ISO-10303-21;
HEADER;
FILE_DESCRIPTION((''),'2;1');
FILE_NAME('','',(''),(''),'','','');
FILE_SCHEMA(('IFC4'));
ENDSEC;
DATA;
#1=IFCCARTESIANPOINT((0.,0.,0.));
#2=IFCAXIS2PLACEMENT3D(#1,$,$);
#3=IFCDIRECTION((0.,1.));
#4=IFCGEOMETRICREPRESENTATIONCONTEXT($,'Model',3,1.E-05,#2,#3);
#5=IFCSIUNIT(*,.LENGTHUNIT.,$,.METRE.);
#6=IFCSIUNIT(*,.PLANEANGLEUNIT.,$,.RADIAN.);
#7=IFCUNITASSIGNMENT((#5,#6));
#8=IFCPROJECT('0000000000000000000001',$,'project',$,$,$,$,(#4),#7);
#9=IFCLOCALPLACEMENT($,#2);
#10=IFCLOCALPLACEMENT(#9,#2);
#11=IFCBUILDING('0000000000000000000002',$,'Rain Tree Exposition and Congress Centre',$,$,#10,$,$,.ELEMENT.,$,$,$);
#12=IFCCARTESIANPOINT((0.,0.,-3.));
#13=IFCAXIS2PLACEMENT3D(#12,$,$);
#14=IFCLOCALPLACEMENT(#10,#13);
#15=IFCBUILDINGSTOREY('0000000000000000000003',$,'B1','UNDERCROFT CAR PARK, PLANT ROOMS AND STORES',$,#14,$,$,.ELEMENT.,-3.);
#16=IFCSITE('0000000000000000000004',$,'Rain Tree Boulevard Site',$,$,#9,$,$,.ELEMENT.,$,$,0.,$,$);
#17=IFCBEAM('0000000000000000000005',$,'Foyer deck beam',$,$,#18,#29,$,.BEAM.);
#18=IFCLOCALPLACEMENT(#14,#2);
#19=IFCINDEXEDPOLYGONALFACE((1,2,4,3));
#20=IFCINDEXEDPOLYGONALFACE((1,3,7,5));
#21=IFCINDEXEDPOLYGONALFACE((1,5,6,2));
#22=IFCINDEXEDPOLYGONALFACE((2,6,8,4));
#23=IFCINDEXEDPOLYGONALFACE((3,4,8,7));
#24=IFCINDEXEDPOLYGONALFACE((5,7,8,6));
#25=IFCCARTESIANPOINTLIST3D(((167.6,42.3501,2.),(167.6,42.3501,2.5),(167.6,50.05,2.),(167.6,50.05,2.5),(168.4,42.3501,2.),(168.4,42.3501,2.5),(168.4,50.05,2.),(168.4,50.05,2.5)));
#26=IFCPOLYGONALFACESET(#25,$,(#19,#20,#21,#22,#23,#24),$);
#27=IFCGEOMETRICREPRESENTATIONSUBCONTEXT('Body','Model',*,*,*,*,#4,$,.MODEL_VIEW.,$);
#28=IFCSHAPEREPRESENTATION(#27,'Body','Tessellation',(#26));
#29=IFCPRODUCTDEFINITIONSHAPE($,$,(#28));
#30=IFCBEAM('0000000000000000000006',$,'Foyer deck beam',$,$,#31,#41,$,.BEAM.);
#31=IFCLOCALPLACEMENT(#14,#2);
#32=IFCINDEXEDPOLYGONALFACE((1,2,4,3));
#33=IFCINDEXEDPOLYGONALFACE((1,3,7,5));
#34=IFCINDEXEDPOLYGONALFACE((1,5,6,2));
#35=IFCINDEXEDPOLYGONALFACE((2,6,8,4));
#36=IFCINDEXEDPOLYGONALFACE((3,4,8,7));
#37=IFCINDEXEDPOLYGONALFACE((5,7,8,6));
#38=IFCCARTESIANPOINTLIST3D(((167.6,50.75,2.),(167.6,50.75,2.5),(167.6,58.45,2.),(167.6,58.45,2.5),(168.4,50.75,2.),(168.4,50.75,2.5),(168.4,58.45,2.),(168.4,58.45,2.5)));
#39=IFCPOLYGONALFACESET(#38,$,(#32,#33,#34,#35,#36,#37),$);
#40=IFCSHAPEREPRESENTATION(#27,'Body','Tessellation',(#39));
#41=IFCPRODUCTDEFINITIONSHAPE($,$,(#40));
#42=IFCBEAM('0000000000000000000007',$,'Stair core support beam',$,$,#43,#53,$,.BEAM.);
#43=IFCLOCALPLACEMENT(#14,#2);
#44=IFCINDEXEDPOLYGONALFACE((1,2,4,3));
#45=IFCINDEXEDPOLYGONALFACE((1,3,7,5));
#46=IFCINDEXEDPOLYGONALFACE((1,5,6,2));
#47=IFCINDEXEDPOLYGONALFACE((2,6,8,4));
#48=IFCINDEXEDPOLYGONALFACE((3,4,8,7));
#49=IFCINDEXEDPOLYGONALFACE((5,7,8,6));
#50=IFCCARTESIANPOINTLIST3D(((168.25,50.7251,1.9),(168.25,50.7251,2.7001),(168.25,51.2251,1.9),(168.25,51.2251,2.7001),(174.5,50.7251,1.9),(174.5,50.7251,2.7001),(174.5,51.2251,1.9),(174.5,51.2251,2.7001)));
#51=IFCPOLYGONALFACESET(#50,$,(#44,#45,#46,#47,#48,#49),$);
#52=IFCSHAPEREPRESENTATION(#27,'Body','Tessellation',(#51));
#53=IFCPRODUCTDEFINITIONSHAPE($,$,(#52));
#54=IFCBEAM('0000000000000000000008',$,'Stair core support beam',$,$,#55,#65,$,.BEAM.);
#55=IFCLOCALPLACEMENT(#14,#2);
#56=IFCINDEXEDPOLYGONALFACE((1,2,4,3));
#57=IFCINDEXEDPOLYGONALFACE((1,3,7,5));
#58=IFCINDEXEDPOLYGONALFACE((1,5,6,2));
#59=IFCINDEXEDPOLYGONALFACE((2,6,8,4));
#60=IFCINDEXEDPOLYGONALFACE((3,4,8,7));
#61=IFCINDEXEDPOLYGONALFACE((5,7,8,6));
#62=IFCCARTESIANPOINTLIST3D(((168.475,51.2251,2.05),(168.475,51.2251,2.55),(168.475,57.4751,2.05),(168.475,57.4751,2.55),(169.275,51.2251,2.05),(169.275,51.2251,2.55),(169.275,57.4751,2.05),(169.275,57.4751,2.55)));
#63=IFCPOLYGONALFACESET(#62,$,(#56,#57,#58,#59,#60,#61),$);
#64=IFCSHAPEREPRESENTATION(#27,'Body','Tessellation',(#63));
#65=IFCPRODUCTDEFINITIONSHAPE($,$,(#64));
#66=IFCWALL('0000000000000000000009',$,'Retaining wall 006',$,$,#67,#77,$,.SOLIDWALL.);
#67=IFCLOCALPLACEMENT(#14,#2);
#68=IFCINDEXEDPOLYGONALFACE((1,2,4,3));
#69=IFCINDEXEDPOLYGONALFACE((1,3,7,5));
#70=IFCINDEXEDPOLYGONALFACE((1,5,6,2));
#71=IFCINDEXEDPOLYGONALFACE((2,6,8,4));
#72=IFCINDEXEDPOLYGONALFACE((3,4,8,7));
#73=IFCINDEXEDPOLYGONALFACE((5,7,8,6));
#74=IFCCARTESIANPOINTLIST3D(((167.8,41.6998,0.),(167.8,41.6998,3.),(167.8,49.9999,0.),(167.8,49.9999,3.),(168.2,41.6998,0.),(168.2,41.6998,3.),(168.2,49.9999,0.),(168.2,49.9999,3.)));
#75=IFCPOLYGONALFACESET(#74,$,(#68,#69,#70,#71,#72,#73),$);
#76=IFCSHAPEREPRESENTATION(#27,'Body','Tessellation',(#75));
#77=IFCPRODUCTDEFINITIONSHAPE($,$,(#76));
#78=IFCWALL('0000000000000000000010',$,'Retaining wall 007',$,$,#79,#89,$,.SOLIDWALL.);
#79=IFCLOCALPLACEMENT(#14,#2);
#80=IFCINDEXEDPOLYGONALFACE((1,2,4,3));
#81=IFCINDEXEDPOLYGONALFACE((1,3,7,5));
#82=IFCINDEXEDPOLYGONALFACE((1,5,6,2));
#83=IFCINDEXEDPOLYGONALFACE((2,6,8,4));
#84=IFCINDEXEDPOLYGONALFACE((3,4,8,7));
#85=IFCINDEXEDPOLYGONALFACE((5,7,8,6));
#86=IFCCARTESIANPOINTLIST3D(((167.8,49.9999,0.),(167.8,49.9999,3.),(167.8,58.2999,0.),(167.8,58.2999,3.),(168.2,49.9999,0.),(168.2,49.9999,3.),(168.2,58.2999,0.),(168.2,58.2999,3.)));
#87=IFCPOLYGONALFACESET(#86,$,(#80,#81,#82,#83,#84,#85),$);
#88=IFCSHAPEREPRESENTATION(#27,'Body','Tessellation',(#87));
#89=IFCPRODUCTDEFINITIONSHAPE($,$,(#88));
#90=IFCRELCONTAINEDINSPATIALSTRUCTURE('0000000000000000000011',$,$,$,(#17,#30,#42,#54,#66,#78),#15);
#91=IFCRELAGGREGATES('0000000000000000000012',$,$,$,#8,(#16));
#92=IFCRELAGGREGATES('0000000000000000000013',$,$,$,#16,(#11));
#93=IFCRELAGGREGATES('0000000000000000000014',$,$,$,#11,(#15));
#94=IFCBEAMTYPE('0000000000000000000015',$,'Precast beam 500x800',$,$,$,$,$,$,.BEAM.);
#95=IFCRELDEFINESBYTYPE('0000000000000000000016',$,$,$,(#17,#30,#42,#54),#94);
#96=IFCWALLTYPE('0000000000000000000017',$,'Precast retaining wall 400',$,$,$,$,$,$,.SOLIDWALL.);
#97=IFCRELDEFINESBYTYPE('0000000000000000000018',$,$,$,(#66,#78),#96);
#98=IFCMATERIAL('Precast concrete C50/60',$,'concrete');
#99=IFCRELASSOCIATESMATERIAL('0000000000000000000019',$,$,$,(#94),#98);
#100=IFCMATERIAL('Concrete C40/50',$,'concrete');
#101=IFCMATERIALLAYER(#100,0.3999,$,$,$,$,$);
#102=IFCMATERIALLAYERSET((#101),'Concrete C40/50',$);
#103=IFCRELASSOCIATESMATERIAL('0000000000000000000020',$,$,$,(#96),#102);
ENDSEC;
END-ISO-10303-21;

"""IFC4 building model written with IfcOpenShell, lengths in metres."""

from ifc_helpers import new_model, si_unit, direction, frame, frame_2d, origin, origin_2d, place, context, subcontext, project, spatial, rectangle, extrude, material, layer, layer_set, material_profile, profile_set, type_object, element, save


model = new_model("IFC4")

# Units and contexts
model_context = context("Model", 3, precision=1e-05, world=origin(), true_north=direction((0.0, 1.0)))
body_context = subcontext(model_context, "Body", "Model", "MODEL_VIEW")
ifc_project = project(units=[si_unit("LENGTHUNIT", "METRE"), si_unit("PLANEANGLEUNIT", "RADIAN")], contexts=[model_context])

# Site, building, storey
site_placement = place(None, origin())
site = spatial("IfcSite", under=ifc_project, at=site_placement, Name="Rain Tree Boulevard Site", CompositionType="ELEMENT", RefElevation=0.0)
building_placement = place(site_placement, origin())
building = spatial("IfcBuilding", under=site, at=building_placement, Name="Rain Tree Exposition and Congress Centre", CompositionType="ELEMENT")
storey_placement = place(building_placement, frame((0.0, 0.0, -3.0)))
storey = spatial("IfcBuildingStorey", under=building, at=storey_placement, Name="B1", Description="UNDERCROFT CAR PARK, PLANT ROOMS AND STORES", CompositionType="ELEMENT", Elevation=-3.0)

# Beams
ifc_material_1 = material(Name="Precast concrete C50/60", Category="concrete")
ifc_material_profile_1 = material_profile(ifc_material_1, rectangle(XDim=0.5, YDim=0.8, at=origin_2d()), Name="RC 500x800")
ifc_profile_set_1 = profile_set([ifc_material_profile_1], Name="Precast concrete C50/60")
beam_type = type_object("IfcBeamType", Name="Precast beam 500x800", PredefinedType="BEAM", material=ifc_profile_set_1)
for number, where, z_axis, x_axis, name in (
    (1, (168.0, 42.3501, 2.25), (0.0, 1.0, 0.0), (0.0, 0.0, 1.0), "Foyer deck beam"),
    (2, (168.0, 50.75, 2.25), (0.0, 1.0, 0.0), (0.0, 0.0, 1.0), "Foyer deck beam"),
):
    element("IfcBeam", number, at=place(storey_placement, frame(where, z_axis=z_axis, x_axis=x_axis)), inside=storey, type_object=beam_type, Name=name, PredefinedType="BEAM", context=body_context, shape_type="SweptSolid", body=[
        extrude(rectangle(XDim=0.5, YDim=0.8, at=origin_2d()), origin(), (0.0, 0.0, 1.0), 7.7),
    ])
for number, where, z_axis, x_axis, name in (
    (3, (168.25, 50.9751, 2.3), (1.0, 0.0, 0.0), (0.0, 1.0, 0.0), "Stair core support beam"),
    (4, (168.875, 51.2251, 2.3), (0.0, 1.0, 0.0), (0.0, 0.0, 1.0), "Stair core support beam"),
):
    element("IfcBeam", number, at=place(storey_placement, frame(where, z_axis=z_axis, x_axis=x_axis)), inside=storey, type_object=beam_type, Name=name, PredefinedType="BEAM", context=body_context, shape_type="SweptSolid", body=[
        extrude(rectangle(XDim=0.5, YDim=0.8, at=origin_2d()), origin(), (0.0, 0.0, 1.0), 6.25),
    ])

# Walls
ifc_material_2 = material(Name="Concrete C40/50", Category="concrete")
ifc_layer = layer(ifc_material_2, 0.3999)
ifc_layer_set = layer_set([ifc_layer], Name="Concrete C40/50")
wall_type = type_object("IfcWallType", Name="Precast retaining wall 400", PredefinedType="SOLIDWALL", material=ifc_layer_set)
for number, where, z_axis, x_axis, name in (
    (5, (168.0, 41.7, 0.0), (0.0, 0.0, 1.0), (0.0, 1.0, 0.0), "Retaining wall 006"),
    (6, (168.0, 50.0, 0.0), (0.0, 0.0, 1.0), (0.0, 1.0, 0.0), "Retaining wall 007"),
):
    element("IfcWall", number, at=place(storey_placement, frame(where, z_axis=z_axis, x_axis=x_axis)), inside=storey, type_object=wall_type, Name=name, PredefinedType="SOLIDWALL", context=body_context, shape_type="SweptSolid", body=[
        extrude(rectangle(XDim=8.3, YDim=0.3999, at=frame_2d((4.1499, 0.0))), origin(), (0.0, 0.0, 1.0), 3.0),
    ])

save(model, "model.ifc")
